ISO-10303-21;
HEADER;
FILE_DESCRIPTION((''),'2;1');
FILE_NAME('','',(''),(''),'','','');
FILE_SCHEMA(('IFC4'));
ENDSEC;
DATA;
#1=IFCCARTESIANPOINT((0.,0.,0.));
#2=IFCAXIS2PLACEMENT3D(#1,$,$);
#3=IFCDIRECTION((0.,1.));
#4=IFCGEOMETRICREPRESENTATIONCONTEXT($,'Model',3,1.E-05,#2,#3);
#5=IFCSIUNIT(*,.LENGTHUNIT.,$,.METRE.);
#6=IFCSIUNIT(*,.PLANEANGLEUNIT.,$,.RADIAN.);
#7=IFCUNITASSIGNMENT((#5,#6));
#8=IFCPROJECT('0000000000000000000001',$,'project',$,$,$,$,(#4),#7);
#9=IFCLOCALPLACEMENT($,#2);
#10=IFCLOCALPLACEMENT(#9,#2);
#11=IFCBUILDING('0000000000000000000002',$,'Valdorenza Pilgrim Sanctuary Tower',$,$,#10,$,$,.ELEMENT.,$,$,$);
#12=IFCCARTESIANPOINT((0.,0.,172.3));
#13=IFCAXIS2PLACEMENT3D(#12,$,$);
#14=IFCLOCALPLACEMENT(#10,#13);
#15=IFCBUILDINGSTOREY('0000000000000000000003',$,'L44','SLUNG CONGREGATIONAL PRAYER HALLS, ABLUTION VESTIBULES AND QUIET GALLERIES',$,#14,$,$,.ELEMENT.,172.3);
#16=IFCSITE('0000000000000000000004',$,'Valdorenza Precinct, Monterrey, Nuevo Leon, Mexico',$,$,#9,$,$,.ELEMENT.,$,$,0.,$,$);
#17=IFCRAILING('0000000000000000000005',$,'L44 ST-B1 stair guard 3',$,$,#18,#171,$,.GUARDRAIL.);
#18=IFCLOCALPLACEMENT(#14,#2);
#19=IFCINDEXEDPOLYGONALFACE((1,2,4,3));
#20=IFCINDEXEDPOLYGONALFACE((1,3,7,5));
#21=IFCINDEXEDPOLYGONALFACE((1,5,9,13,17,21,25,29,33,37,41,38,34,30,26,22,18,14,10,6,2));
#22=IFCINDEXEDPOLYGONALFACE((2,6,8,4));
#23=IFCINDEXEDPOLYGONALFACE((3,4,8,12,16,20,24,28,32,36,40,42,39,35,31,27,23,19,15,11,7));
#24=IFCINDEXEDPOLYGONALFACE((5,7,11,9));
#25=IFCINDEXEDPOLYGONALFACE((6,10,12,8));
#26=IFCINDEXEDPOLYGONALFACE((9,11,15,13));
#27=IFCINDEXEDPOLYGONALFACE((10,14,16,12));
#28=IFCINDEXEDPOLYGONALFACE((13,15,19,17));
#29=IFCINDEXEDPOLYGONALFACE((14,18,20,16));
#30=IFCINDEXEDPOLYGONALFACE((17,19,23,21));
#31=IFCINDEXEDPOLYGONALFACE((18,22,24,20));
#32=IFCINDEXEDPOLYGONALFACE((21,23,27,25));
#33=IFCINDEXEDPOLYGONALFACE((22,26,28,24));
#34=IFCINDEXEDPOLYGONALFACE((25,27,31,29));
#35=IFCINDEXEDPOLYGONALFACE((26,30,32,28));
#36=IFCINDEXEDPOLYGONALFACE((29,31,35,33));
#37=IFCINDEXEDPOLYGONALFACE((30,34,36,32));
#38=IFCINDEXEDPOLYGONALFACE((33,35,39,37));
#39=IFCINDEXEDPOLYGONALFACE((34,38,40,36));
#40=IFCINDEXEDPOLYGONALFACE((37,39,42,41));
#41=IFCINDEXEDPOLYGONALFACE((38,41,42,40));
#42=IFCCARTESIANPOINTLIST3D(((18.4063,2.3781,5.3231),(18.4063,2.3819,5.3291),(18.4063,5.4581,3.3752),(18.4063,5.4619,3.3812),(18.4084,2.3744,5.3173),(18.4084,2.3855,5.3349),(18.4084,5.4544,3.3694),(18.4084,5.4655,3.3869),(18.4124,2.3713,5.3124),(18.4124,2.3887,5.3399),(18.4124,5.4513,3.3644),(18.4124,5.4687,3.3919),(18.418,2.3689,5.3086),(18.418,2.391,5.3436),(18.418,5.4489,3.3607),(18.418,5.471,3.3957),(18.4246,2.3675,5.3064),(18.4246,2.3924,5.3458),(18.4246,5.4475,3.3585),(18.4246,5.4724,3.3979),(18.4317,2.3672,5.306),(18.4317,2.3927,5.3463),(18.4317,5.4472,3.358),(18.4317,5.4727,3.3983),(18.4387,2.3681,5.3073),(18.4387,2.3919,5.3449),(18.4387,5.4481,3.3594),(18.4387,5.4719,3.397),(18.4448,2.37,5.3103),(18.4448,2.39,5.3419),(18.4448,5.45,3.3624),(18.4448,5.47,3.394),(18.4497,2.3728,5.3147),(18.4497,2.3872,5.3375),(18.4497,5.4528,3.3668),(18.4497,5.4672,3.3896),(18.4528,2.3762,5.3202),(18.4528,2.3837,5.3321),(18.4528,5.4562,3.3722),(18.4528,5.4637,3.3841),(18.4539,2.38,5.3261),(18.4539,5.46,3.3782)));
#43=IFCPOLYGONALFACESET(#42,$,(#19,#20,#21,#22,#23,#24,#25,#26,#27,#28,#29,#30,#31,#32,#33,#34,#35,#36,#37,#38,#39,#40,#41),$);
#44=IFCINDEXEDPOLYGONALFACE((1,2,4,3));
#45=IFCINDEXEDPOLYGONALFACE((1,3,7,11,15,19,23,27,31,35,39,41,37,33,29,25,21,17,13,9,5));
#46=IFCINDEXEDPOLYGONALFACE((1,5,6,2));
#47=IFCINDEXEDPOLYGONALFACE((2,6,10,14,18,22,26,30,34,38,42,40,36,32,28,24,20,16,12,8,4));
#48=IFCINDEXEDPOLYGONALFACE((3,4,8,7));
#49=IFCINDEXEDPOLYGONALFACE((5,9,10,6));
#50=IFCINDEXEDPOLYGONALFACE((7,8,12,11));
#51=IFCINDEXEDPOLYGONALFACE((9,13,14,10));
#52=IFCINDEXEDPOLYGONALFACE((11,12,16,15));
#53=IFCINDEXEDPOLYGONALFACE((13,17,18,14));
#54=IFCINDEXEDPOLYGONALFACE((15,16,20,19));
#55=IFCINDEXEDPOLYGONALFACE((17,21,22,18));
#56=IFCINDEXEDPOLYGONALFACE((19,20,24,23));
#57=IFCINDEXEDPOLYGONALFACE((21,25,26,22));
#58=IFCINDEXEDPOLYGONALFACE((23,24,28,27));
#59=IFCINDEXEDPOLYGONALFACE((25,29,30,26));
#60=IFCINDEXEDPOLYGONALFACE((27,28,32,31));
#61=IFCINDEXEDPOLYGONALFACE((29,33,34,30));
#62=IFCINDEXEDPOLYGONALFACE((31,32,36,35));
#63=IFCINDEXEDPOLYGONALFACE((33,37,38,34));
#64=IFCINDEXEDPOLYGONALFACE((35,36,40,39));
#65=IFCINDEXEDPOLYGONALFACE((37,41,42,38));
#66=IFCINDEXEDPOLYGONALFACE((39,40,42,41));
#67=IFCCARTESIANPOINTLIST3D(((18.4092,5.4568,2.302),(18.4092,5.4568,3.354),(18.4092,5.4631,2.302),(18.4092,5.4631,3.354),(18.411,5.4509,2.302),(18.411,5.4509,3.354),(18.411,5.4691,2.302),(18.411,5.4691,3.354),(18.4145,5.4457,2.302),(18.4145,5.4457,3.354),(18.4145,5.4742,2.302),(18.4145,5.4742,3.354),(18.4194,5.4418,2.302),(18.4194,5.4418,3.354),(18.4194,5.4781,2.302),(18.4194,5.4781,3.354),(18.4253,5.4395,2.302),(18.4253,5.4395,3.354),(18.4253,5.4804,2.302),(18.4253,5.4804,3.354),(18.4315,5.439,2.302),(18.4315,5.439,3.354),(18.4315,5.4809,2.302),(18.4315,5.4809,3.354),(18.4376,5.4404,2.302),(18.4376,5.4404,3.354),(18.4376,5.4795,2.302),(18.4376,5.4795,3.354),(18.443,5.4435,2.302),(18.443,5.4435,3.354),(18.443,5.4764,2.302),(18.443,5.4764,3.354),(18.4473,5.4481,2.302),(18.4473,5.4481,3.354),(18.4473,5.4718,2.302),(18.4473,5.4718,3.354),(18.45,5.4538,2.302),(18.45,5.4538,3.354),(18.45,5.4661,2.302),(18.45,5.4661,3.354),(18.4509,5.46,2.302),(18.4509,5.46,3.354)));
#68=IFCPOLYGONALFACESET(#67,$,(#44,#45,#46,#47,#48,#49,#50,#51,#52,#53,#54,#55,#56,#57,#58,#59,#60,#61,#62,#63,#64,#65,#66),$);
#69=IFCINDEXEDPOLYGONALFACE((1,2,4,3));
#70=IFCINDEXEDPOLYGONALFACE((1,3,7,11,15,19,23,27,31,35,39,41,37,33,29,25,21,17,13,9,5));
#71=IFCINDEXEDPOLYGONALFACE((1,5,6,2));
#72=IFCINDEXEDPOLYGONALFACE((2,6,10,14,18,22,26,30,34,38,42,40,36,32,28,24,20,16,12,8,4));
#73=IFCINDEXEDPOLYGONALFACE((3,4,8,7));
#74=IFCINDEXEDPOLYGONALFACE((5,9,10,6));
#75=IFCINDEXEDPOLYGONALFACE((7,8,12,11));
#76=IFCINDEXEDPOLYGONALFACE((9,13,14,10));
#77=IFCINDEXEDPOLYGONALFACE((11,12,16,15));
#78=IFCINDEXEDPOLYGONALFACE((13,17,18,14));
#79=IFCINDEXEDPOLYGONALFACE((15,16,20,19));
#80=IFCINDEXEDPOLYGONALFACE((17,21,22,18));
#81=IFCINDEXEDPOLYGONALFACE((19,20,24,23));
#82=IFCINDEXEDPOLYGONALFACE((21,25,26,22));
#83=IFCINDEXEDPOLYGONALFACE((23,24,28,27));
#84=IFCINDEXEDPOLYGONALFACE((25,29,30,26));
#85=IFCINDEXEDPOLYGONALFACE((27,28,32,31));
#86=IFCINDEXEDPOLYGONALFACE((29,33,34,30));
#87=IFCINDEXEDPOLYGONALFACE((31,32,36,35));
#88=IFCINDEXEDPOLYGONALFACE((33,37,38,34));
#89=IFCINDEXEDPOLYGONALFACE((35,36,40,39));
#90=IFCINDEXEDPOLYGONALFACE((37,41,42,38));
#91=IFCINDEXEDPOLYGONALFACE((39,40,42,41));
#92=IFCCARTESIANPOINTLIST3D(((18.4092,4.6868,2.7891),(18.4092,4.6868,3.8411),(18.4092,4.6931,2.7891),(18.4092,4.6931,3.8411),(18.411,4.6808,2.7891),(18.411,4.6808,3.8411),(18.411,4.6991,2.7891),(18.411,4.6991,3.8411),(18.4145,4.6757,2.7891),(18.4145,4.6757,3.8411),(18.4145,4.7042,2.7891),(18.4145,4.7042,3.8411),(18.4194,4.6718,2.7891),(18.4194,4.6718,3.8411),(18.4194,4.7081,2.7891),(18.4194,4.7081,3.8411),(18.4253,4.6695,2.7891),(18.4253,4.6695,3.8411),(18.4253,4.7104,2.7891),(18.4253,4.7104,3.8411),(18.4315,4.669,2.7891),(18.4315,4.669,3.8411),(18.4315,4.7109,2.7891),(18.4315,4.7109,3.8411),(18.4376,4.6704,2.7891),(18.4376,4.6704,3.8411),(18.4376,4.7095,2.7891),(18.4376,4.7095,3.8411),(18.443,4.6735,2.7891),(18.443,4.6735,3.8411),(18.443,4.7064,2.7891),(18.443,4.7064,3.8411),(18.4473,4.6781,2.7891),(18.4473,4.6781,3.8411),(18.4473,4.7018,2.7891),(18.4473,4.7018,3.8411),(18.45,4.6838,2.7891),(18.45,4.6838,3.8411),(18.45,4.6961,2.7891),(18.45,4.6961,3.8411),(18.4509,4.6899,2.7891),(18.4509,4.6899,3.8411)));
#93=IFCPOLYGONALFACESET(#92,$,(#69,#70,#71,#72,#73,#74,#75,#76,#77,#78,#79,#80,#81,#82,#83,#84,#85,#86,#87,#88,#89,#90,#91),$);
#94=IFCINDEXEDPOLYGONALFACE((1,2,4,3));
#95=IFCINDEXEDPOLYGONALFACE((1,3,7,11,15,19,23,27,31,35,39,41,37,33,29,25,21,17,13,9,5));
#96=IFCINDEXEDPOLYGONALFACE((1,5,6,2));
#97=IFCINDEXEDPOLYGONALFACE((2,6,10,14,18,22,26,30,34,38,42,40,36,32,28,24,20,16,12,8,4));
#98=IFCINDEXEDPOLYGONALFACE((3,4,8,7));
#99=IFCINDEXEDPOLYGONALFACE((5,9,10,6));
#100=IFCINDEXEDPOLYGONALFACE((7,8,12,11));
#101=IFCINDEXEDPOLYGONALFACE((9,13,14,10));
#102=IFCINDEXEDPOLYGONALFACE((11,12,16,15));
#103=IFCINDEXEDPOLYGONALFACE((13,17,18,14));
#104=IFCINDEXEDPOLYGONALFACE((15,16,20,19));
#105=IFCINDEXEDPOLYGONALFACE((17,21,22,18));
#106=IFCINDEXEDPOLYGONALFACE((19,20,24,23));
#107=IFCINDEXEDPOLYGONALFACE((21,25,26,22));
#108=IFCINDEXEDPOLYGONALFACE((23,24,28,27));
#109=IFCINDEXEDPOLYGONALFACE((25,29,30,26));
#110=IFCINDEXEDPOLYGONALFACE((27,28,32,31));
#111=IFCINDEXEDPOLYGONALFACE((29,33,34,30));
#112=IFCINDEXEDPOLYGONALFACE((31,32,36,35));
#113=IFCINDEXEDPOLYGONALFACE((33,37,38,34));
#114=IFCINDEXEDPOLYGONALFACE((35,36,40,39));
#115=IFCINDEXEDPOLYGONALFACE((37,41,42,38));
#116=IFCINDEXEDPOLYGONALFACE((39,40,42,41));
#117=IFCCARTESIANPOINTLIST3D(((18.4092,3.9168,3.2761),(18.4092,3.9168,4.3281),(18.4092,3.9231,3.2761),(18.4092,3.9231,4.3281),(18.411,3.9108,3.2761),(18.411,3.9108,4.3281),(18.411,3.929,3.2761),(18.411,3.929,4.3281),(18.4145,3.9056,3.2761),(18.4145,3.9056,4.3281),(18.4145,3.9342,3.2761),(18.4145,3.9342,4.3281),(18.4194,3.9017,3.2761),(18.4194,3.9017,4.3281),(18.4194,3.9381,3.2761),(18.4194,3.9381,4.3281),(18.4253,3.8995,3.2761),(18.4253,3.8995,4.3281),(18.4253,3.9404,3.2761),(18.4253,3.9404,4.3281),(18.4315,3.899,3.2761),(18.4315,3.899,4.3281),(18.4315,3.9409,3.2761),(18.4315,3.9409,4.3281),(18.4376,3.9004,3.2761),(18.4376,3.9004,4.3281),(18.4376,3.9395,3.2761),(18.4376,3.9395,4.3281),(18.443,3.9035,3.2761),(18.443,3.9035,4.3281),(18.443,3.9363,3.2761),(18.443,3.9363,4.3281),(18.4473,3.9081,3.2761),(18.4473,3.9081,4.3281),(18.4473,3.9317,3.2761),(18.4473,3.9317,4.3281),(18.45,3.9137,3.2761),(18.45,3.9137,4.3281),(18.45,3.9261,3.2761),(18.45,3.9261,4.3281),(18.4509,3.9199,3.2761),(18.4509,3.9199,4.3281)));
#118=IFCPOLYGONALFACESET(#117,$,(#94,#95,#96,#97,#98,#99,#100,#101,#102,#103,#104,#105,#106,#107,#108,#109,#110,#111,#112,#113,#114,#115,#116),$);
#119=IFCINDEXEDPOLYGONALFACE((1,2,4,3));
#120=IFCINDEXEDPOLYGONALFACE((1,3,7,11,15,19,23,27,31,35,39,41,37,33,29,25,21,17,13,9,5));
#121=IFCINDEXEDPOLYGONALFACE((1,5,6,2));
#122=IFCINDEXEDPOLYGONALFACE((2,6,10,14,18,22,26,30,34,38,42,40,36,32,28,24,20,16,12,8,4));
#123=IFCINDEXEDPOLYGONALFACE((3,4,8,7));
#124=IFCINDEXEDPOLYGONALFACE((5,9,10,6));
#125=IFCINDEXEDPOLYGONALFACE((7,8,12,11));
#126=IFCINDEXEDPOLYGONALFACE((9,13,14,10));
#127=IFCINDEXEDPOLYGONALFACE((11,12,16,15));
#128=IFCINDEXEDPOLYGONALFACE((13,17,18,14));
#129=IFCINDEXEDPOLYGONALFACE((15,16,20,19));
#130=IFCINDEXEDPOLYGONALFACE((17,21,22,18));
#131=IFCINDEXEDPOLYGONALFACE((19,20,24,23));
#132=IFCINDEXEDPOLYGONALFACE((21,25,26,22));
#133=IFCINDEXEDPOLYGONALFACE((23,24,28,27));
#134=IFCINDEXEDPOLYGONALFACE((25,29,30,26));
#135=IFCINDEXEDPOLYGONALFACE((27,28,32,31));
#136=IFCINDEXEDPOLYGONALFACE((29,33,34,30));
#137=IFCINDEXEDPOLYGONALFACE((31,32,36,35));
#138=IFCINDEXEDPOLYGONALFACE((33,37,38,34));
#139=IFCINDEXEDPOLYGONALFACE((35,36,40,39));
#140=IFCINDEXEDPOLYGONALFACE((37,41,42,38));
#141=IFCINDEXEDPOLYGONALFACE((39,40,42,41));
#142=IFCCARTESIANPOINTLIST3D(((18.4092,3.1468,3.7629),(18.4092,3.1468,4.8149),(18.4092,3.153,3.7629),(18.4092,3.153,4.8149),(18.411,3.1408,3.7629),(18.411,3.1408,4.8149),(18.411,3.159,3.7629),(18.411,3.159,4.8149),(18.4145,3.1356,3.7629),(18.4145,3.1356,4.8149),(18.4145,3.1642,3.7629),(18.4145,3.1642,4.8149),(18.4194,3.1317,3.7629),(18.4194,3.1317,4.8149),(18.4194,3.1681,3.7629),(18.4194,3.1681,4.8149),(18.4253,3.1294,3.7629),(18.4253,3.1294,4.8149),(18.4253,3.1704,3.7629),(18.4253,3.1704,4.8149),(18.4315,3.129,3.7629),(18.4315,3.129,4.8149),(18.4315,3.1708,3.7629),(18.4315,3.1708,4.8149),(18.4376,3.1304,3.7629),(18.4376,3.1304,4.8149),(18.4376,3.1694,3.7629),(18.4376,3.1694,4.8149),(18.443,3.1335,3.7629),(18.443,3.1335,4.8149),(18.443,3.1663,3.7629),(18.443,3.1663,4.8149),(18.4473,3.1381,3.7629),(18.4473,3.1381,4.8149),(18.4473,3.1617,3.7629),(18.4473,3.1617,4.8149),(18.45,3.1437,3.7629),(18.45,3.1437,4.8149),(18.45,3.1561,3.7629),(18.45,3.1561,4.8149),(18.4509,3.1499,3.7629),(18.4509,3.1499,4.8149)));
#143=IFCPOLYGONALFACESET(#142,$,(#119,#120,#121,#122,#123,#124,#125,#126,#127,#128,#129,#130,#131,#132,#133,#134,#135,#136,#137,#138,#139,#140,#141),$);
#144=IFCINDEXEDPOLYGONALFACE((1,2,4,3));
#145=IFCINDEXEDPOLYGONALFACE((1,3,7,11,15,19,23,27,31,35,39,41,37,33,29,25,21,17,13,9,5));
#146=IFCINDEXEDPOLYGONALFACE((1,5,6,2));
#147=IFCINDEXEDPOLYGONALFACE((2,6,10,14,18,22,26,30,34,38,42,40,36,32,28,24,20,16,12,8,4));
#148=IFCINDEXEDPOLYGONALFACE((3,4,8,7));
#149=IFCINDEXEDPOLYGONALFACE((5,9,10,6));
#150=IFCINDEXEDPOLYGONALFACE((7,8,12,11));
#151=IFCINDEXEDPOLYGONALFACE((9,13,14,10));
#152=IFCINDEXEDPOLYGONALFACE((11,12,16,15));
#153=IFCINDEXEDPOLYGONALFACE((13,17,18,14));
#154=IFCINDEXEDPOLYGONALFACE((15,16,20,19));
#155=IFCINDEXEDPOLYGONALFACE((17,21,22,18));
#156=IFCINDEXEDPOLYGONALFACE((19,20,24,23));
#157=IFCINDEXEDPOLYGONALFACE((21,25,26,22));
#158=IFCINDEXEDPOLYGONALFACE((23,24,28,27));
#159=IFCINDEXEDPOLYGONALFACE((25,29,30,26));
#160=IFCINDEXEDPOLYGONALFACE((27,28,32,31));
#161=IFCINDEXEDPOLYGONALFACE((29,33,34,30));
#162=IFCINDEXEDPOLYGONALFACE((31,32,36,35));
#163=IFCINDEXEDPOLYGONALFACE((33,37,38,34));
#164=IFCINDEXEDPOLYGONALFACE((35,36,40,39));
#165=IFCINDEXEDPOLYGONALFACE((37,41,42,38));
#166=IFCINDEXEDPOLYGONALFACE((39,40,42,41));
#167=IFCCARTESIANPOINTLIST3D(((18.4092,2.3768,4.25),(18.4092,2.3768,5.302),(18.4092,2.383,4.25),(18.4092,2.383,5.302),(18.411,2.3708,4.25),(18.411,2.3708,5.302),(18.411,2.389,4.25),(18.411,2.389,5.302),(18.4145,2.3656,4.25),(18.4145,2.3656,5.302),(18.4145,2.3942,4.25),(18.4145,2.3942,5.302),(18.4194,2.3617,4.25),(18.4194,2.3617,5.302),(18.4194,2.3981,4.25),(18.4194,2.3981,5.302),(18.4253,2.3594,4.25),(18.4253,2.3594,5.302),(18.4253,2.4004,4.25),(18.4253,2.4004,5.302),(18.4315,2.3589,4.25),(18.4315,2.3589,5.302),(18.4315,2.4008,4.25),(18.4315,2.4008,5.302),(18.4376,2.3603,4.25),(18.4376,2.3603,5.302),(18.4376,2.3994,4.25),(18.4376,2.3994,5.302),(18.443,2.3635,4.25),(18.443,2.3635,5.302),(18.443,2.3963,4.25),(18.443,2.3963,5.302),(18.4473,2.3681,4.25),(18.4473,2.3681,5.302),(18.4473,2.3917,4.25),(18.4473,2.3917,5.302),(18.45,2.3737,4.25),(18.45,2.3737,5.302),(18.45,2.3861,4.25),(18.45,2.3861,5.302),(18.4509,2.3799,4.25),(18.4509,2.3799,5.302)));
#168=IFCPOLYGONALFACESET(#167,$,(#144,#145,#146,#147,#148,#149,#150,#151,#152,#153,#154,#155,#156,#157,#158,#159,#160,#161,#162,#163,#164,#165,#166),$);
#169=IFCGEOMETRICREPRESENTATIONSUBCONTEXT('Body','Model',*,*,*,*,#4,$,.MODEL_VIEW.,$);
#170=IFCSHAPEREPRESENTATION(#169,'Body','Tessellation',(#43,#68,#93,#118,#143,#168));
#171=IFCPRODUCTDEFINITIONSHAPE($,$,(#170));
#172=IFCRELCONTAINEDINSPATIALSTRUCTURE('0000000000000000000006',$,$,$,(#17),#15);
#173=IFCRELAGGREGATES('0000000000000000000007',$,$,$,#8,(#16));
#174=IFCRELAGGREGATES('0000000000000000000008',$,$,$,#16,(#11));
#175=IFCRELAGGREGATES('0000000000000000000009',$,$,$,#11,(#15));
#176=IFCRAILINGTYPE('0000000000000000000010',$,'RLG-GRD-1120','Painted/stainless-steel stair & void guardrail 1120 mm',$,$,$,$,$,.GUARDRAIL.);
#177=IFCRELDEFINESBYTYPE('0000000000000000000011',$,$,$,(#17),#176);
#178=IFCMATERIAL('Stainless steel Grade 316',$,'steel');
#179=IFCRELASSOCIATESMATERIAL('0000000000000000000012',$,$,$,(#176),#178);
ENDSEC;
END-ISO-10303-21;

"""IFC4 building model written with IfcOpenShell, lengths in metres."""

from ifc_helpers import new_model, si_unit, direction, frame, origin, origin_2d, place, context, subcontext, project, spatial, circle, extrude, material, type_object, element, save


model = new_model("IFC4")

# Units and contexts
model_context = context("Model", 3, precision=1e-05, world=origin(), true_north=direction((0.0, 1.0)))
body_context = subcontext(model_context, "Body", "Model", "MODEL_VIEW")
ifc_project = project(units=[si_unit("LENGTHUNIT", "METRE"), si_unit("PLANEANGLEUNIT", "RADIAN")], contexts=[model_context])

# Site, building, storey
site_placement = place(None, origin())
site = spatial("IfcSite", under=ifc_project, at=site_placement, Name="Valdorenza Precinct, Monterrey, Nuevo Leon, Mexico", CompositionType="ELEMENT", RefElevation=0.0)
building_placement = place(site_placement, origin())
building = spatial("IfcBuilding", under=site, at=building_placement, Name="Valdorenza Pilgrim Sanctuary Tower", CompositionType="ELEMENT")
storey_placement = place(building_placement, frame((0.0, 0.0, 172.3)))
storey = spatial("IfcBuildingStorey", under=building, at=storey_placement, Name="L44", Description="SLUNG CONGREGATIONAL PRAYER HALLS, ABLUTION VESTIBULES AND QUIET GALLERIES", CompositionType="ELEMENT", Elevation=172.3)

# Railing
ifc_material_1 = material(Name="Stainless steel Grade 316", Category="steel")
railing_type_1 = type_object("IfcRailingType", Name="RLG-GRD-1120", Description="Painted/stainless-steel stair & void guardrail 1120 mm", PredefinedType="GUARDRAIL", material=ifc_material_1)
railing_1_placement = place(storey_placement, frame((18.4299, 5.46, 2.302)))
element("IfcRailing", 1, at=railing_1_placement, inside=storey, type_object=railing_type_1, Name="L44 ST-B1 stair guard 3", PredefinedType="GUARDRAIL", context=body_context, shape_type="SweptSolid", body=[
    extrude(circle(Radius=0.0239, at=origin_2d()), frame((0.0, 0.0, 1.0762), z_axis=(0.0, -0.845156, 0.53452), x_axis=(1.0, 0.0, 0.0)), (0.0, 0.0, 1.0), 3.6443),
    extrude(circle(Radius=0.021, at=origin_2d()), origin(), (0.0, 0.0, 1.0), 1.052),
    extrude(circle(Radius=0.021, at=origin_2d()), frame((0.0, -0.77, 0.4871)), (0.0, 0.0, 1.0), 1.052),
    extrude(circle(Radius=0.021, at=origin_2d()), frame((0.0, -1.54, 0.9741)), (0.0, 0.0, 1.0), 1.052),
    extrude(circle(Radius=0.021, at=origin_2d()), frame((0.0, -2.3101, 1.4609)), (0.0, 0.0, 1.0), 1.052),
    extrude(circle(Radius=0.021, at=origin_2d()), frame((0.0, -3.0801, 1.948)), (0.0, 0.0, 1.0), 1.052),
])

save(model, "model.ifc")
